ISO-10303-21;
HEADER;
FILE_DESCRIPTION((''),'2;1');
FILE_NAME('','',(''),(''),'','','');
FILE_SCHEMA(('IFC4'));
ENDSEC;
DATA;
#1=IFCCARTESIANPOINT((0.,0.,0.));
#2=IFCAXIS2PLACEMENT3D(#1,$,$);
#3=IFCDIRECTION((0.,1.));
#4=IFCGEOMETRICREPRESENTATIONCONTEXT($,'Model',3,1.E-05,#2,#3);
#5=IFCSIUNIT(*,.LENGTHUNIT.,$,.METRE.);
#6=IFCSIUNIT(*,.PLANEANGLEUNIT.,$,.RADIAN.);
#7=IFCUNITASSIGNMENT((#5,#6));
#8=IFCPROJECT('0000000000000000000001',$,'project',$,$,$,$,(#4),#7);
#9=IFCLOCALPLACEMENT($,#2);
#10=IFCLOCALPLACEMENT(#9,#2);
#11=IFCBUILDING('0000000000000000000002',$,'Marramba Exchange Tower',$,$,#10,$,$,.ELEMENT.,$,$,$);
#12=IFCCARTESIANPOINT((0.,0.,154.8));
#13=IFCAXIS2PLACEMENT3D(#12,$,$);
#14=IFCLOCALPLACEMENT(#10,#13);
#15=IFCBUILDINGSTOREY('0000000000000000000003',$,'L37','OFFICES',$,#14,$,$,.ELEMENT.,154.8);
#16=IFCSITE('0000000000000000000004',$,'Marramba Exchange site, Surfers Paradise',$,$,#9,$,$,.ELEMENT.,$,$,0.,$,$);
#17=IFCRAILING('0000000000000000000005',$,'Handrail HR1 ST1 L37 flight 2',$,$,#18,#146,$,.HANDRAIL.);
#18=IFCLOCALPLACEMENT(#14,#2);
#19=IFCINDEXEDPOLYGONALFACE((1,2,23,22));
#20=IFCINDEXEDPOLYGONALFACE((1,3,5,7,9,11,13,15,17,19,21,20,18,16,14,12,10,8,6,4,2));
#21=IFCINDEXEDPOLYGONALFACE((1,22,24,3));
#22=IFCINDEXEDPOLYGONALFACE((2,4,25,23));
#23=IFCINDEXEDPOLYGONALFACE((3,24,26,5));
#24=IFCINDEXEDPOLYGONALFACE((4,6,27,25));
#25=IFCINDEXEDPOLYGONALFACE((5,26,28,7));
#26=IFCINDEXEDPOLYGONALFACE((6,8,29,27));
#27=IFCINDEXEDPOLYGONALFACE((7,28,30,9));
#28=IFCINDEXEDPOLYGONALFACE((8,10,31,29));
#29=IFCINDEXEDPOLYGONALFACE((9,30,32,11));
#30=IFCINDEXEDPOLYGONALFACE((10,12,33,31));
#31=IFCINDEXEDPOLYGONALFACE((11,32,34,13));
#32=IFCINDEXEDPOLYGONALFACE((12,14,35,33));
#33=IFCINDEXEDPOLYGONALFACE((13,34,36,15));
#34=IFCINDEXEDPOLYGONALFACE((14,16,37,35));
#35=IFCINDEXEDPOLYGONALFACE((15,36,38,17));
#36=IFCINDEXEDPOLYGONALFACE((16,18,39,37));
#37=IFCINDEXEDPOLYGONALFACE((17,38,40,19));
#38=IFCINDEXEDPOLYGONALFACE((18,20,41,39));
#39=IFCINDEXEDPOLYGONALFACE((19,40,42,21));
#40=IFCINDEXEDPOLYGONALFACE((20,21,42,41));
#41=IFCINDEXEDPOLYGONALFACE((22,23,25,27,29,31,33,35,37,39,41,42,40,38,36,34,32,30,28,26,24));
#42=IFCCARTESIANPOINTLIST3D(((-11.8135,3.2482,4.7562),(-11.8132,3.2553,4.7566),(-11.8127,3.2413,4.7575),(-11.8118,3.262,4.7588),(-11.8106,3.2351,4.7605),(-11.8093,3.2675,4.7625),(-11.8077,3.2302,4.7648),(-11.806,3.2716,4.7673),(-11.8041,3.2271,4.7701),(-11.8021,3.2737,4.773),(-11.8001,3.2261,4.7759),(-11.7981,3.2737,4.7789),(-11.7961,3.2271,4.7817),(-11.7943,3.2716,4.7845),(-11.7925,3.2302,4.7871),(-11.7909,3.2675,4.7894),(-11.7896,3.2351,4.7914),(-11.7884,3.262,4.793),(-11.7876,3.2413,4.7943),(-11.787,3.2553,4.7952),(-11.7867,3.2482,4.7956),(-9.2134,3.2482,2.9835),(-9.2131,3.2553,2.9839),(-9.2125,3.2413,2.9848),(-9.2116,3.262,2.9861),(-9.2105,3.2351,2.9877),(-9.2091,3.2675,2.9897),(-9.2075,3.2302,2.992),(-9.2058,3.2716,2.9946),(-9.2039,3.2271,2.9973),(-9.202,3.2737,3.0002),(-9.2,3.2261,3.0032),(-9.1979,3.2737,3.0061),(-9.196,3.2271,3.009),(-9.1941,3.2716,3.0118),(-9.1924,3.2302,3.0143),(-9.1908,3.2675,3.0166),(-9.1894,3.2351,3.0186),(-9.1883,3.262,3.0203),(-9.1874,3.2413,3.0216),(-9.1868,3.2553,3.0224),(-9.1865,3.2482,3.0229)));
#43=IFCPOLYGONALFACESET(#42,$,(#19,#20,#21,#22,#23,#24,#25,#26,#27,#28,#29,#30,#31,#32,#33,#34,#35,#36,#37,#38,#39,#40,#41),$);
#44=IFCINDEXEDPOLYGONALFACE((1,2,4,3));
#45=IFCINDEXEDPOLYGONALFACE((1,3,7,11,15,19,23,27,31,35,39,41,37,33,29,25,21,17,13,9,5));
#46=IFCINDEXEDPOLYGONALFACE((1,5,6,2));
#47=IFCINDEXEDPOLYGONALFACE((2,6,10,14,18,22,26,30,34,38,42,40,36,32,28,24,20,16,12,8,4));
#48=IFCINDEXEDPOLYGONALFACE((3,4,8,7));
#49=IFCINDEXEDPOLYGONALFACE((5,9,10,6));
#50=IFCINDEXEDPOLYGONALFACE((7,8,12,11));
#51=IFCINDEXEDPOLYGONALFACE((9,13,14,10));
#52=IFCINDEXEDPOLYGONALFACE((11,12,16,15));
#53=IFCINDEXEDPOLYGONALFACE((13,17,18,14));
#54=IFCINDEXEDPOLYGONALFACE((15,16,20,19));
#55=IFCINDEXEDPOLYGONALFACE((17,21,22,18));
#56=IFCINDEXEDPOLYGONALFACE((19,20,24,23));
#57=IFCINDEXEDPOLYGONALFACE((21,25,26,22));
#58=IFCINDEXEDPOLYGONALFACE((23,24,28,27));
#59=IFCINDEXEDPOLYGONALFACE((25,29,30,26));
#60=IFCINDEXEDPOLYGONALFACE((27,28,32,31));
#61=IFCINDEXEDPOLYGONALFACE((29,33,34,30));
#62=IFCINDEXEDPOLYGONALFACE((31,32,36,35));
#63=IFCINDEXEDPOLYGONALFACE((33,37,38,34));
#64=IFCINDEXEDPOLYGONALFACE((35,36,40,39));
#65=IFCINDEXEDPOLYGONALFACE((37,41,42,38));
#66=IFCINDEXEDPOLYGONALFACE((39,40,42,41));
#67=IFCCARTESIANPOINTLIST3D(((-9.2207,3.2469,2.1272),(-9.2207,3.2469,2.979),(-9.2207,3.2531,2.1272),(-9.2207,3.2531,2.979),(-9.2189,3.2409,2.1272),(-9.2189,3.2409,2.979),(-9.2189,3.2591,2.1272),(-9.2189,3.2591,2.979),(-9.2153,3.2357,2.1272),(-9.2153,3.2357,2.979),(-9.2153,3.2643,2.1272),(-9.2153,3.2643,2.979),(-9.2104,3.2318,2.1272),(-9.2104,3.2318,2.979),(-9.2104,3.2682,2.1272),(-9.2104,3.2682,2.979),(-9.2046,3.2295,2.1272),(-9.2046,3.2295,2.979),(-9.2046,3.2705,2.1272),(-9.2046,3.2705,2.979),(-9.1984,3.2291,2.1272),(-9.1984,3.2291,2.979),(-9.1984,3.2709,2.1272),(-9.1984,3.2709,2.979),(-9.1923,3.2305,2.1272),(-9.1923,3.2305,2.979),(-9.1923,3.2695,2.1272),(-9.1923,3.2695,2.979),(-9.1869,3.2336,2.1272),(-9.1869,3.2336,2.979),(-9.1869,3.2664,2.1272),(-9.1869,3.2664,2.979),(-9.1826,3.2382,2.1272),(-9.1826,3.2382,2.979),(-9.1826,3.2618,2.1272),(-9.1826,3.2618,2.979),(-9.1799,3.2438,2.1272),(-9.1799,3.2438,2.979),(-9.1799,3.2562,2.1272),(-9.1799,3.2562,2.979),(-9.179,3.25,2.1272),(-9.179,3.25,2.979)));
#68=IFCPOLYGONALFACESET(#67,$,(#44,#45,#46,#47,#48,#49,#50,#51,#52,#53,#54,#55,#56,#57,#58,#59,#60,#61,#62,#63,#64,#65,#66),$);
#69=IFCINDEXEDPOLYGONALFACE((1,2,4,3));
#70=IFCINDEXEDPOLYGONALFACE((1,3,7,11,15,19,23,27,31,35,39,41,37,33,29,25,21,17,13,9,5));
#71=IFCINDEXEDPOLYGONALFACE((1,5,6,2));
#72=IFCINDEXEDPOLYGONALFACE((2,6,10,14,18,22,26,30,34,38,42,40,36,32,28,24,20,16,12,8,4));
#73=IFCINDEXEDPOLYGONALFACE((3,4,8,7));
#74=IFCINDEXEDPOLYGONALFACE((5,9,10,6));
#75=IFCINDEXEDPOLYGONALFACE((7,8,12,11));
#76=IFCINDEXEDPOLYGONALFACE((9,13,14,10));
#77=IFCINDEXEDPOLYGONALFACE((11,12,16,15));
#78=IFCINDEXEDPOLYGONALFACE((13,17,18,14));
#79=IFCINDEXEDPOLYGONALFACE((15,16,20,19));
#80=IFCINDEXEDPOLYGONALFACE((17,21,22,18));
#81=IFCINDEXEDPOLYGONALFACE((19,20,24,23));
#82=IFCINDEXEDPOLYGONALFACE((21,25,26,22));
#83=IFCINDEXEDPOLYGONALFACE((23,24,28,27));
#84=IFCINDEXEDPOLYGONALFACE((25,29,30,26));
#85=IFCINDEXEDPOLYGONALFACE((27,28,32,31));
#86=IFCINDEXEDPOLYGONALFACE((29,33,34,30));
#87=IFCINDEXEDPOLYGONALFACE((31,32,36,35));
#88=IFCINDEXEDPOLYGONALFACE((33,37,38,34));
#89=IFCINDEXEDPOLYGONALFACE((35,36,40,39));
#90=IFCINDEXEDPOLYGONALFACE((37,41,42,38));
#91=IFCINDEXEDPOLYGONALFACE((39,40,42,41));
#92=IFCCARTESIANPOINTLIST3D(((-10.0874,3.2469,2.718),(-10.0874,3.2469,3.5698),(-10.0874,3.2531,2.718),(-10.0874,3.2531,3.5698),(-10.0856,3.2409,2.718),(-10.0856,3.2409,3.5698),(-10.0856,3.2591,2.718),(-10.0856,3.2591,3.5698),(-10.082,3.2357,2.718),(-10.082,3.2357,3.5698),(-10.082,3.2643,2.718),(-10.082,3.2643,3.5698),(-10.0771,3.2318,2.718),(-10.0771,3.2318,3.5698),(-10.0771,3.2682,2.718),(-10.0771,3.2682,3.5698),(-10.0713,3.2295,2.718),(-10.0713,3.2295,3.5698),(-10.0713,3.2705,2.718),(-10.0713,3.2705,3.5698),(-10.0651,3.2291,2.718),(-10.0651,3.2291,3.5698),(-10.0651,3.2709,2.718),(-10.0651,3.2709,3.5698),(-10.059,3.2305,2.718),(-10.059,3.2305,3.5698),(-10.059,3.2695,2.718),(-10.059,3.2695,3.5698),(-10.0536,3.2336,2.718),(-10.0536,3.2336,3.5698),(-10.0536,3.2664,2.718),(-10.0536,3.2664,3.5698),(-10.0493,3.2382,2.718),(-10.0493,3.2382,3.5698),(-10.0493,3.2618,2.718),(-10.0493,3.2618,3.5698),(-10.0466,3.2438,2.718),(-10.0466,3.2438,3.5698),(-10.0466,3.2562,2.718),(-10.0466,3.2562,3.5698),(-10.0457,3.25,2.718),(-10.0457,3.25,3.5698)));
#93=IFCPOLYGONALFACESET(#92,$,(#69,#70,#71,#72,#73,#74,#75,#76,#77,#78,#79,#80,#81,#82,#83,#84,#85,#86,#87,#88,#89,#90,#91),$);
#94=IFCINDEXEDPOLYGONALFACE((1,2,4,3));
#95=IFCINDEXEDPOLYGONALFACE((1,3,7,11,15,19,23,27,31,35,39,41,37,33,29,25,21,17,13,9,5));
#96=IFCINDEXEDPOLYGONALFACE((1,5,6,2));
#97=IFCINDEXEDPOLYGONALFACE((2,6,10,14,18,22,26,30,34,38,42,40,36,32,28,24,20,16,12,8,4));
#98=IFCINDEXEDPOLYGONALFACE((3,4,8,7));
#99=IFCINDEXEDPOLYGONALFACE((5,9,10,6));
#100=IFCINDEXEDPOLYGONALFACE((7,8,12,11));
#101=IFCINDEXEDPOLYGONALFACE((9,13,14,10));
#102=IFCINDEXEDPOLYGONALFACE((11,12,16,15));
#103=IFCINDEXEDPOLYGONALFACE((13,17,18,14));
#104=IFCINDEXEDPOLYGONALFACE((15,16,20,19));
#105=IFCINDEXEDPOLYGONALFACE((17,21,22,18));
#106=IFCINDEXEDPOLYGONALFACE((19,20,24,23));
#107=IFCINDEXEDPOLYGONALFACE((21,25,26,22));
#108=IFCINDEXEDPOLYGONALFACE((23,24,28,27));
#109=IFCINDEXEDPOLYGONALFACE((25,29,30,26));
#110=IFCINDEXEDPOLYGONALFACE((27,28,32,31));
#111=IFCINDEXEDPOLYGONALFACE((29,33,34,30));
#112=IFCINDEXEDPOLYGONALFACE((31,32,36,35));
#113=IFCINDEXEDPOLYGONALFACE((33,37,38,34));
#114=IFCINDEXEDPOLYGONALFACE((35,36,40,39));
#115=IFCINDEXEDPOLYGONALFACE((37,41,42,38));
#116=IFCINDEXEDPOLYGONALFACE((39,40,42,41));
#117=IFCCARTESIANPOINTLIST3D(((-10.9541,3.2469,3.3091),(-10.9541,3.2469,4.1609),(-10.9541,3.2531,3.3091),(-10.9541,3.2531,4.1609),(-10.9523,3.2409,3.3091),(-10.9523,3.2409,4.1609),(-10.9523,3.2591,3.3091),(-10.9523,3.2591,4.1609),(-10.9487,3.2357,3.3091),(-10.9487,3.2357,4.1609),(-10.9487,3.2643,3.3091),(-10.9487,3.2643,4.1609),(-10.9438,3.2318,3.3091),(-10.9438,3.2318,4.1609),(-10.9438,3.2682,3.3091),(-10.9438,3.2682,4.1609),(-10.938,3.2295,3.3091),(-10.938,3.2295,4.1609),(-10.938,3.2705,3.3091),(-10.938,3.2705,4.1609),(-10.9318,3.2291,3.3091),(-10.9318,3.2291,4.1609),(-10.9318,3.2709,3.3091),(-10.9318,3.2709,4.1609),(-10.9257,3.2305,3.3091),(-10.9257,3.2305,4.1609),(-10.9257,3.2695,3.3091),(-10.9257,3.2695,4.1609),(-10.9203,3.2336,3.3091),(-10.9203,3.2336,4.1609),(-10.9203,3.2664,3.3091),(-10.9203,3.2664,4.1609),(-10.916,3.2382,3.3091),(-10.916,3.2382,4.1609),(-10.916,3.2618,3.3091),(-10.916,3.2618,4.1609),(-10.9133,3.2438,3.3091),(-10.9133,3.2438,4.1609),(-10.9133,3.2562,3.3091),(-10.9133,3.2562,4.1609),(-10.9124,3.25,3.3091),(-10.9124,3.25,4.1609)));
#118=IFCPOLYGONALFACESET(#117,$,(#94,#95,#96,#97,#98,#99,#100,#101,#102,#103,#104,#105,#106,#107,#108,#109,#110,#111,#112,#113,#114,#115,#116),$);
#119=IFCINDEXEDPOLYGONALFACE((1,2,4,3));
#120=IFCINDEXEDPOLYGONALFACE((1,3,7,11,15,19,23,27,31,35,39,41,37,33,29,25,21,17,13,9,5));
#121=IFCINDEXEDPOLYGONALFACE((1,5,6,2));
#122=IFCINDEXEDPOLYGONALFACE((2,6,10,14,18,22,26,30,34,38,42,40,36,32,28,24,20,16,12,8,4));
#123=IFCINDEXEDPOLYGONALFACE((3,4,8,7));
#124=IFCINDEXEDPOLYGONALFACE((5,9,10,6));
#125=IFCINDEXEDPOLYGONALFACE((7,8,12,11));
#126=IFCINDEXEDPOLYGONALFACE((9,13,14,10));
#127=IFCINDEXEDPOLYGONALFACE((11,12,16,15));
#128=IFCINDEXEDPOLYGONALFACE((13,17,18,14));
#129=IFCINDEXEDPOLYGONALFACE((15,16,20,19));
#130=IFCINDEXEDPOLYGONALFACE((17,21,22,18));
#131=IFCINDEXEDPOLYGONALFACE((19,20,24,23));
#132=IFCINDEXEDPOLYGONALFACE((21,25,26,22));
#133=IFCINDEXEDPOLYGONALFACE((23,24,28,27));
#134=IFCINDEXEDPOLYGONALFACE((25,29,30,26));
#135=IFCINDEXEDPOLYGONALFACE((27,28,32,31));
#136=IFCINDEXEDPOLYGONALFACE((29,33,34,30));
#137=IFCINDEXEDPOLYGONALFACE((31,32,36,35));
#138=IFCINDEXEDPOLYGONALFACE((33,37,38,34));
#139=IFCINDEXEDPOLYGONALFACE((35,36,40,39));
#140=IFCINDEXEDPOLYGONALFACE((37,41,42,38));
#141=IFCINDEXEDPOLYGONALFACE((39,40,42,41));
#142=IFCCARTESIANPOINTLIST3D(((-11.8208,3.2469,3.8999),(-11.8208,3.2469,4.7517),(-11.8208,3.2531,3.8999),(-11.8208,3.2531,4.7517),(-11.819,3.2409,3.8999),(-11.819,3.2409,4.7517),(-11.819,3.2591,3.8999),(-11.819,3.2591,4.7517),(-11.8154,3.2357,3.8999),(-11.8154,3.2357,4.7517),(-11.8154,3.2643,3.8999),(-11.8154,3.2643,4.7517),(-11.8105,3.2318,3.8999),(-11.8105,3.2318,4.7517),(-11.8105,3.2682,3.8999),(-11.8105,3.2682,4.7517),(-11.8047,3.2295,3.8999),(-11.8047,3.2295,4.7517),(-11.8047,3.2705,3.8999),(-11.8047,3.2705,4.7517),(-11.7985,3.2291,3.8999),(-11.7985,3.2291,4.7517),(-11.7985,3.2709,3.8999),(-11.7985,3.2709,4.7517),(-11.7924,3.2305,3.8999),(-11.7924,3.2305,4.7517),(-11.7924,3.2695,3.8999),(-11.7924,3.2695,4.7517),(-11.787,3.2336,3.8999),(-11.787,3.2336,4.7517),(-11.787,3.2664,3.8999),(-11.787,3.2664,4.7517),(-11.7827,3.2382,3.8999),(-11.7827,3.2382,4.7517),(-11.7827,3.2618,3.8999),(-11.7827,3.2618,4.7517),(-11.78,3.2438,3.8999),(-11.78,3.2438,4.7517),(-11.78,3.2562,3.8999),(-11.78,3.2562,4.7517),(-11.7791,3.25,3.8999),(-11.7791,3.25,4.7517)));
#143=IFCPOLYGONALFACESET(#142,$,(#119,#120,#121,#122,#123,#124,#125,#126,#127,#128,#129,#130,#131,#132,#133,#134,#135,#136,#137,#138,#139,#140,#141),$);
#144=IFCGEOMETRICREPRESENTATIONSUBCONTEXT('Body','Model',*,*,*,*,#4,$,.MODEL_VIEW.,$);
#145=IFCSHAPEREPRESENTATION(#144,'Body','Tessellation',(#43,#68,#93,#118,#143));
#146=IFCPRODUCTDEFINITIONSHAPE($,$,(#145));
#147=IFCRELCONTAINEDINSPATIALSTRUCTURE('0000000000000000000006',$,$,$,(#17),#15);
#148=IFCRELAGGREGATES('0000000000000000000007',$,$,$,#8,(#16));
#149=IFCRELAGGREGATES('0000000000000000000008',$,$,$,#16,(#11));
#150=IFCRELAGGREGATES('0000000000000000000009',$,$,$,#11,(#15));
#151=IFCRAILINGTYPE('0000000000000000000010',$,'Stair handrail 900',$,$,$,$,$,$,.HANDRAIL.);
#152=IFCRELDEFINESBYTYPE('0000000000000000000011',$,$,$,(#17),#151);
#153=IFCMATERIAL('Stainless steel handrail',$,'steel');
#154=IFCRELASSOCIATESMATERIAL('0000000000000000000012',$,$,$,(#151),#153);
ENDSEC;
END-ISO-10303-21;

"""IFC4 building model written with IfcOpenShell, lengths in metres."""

from ifc_helpers import new_model, si_unit, direction, frame, origin, origin_2d, place, context, subcontext, project, spatial, circle, extrude, material, type_object, element, save


model = new_model("IFC4")

# Units and contexts
model_context = context("Model", 3, precision=1e-05, world=origin(), true_north=direction((0.0, 1.0)))
body_context = subcontext(model_context, "Body", "Model", "MODEL_VIEW")
ifc_project = project(units=[si_unit("LENGTHUNIT", "METRE"), si_unit("PLANEANGLEUNIT", "RADIAN")], contexts=[model_context])

# Site, building, storey
site_placement = place(None, origin())
site = spatial("IfcSite", under=ifc_project, at=site_placement, Name="Marramba Exchange site, Surfers Paradise", CompositionType="ELEMENT", RefElevation=0.0)
building_placement = place(site_placement, origin())
building = spatial("IfcBuilding", under=site, at=building_placement, Name="Marramba Exchange Tower", CompositionType="ELEMENT")
storey_placement = place(building_placement, frame((0.0, 0.0, 154.8)))
storey = spatial("IfcBuildingStorey", under=building, at=storey_placement, Name="L37", Description="OFFICES", CompositionType="ELEMENT", Elevation=154.8)

# Railing
ifc_material_1 = material(Name="Stainless steel handrail", Category="steel")
railing_type = type_object("IfcRailingType", Name="Stair handrail 900", PredefinedType="HANDRAIL", material=ifc_material_1)
railing_1_placement = place(storey_placement, frame((-9.2, 3.25, 2.1272)))
element("IfcRailing", 1, at=railing_1_placement, inside=storey, type_object=railing_type, Name="Handrail HR1 ST1 L37 flight 2", PredefinedType="HANDRAIL", context=body_context, shape_type="SweptSolid", body=[
    extrude(circle(Radius=0.0239, at=origin_2d()), frame((0.0, 0.0, 0.876), z_axis=(-0.82624, 0.0, 0.563318), x_axis=(0.0, -1.0, 0.0)), (0.0, 0.0, 1.0), 3.147),
    extrude(circle(Radius=0.021, at=origin_2d()), origin(), (0.0, 0.0, 1.0), 0.8518),
    extrude(circle(Radius=0.021, at=origin_2d()), frame((-0.8667, 0.0, 0.5908)), (0.0, 0.0, 1.0), 0.8518),
    extrude(circle(Radius=0.021, at=origin_2d()), frame((-1.7334, 0.0, 1.1819)), (0.0, 0.0, 1.0), 0.8518),
    extrude(circle(Radius=0.021, at=origin_2d()), frame((-2.6001, 0.0, 1.7727)), (0.0, 0.0, 1.0), 0.8518),
])

save(model, "model.ifc")
